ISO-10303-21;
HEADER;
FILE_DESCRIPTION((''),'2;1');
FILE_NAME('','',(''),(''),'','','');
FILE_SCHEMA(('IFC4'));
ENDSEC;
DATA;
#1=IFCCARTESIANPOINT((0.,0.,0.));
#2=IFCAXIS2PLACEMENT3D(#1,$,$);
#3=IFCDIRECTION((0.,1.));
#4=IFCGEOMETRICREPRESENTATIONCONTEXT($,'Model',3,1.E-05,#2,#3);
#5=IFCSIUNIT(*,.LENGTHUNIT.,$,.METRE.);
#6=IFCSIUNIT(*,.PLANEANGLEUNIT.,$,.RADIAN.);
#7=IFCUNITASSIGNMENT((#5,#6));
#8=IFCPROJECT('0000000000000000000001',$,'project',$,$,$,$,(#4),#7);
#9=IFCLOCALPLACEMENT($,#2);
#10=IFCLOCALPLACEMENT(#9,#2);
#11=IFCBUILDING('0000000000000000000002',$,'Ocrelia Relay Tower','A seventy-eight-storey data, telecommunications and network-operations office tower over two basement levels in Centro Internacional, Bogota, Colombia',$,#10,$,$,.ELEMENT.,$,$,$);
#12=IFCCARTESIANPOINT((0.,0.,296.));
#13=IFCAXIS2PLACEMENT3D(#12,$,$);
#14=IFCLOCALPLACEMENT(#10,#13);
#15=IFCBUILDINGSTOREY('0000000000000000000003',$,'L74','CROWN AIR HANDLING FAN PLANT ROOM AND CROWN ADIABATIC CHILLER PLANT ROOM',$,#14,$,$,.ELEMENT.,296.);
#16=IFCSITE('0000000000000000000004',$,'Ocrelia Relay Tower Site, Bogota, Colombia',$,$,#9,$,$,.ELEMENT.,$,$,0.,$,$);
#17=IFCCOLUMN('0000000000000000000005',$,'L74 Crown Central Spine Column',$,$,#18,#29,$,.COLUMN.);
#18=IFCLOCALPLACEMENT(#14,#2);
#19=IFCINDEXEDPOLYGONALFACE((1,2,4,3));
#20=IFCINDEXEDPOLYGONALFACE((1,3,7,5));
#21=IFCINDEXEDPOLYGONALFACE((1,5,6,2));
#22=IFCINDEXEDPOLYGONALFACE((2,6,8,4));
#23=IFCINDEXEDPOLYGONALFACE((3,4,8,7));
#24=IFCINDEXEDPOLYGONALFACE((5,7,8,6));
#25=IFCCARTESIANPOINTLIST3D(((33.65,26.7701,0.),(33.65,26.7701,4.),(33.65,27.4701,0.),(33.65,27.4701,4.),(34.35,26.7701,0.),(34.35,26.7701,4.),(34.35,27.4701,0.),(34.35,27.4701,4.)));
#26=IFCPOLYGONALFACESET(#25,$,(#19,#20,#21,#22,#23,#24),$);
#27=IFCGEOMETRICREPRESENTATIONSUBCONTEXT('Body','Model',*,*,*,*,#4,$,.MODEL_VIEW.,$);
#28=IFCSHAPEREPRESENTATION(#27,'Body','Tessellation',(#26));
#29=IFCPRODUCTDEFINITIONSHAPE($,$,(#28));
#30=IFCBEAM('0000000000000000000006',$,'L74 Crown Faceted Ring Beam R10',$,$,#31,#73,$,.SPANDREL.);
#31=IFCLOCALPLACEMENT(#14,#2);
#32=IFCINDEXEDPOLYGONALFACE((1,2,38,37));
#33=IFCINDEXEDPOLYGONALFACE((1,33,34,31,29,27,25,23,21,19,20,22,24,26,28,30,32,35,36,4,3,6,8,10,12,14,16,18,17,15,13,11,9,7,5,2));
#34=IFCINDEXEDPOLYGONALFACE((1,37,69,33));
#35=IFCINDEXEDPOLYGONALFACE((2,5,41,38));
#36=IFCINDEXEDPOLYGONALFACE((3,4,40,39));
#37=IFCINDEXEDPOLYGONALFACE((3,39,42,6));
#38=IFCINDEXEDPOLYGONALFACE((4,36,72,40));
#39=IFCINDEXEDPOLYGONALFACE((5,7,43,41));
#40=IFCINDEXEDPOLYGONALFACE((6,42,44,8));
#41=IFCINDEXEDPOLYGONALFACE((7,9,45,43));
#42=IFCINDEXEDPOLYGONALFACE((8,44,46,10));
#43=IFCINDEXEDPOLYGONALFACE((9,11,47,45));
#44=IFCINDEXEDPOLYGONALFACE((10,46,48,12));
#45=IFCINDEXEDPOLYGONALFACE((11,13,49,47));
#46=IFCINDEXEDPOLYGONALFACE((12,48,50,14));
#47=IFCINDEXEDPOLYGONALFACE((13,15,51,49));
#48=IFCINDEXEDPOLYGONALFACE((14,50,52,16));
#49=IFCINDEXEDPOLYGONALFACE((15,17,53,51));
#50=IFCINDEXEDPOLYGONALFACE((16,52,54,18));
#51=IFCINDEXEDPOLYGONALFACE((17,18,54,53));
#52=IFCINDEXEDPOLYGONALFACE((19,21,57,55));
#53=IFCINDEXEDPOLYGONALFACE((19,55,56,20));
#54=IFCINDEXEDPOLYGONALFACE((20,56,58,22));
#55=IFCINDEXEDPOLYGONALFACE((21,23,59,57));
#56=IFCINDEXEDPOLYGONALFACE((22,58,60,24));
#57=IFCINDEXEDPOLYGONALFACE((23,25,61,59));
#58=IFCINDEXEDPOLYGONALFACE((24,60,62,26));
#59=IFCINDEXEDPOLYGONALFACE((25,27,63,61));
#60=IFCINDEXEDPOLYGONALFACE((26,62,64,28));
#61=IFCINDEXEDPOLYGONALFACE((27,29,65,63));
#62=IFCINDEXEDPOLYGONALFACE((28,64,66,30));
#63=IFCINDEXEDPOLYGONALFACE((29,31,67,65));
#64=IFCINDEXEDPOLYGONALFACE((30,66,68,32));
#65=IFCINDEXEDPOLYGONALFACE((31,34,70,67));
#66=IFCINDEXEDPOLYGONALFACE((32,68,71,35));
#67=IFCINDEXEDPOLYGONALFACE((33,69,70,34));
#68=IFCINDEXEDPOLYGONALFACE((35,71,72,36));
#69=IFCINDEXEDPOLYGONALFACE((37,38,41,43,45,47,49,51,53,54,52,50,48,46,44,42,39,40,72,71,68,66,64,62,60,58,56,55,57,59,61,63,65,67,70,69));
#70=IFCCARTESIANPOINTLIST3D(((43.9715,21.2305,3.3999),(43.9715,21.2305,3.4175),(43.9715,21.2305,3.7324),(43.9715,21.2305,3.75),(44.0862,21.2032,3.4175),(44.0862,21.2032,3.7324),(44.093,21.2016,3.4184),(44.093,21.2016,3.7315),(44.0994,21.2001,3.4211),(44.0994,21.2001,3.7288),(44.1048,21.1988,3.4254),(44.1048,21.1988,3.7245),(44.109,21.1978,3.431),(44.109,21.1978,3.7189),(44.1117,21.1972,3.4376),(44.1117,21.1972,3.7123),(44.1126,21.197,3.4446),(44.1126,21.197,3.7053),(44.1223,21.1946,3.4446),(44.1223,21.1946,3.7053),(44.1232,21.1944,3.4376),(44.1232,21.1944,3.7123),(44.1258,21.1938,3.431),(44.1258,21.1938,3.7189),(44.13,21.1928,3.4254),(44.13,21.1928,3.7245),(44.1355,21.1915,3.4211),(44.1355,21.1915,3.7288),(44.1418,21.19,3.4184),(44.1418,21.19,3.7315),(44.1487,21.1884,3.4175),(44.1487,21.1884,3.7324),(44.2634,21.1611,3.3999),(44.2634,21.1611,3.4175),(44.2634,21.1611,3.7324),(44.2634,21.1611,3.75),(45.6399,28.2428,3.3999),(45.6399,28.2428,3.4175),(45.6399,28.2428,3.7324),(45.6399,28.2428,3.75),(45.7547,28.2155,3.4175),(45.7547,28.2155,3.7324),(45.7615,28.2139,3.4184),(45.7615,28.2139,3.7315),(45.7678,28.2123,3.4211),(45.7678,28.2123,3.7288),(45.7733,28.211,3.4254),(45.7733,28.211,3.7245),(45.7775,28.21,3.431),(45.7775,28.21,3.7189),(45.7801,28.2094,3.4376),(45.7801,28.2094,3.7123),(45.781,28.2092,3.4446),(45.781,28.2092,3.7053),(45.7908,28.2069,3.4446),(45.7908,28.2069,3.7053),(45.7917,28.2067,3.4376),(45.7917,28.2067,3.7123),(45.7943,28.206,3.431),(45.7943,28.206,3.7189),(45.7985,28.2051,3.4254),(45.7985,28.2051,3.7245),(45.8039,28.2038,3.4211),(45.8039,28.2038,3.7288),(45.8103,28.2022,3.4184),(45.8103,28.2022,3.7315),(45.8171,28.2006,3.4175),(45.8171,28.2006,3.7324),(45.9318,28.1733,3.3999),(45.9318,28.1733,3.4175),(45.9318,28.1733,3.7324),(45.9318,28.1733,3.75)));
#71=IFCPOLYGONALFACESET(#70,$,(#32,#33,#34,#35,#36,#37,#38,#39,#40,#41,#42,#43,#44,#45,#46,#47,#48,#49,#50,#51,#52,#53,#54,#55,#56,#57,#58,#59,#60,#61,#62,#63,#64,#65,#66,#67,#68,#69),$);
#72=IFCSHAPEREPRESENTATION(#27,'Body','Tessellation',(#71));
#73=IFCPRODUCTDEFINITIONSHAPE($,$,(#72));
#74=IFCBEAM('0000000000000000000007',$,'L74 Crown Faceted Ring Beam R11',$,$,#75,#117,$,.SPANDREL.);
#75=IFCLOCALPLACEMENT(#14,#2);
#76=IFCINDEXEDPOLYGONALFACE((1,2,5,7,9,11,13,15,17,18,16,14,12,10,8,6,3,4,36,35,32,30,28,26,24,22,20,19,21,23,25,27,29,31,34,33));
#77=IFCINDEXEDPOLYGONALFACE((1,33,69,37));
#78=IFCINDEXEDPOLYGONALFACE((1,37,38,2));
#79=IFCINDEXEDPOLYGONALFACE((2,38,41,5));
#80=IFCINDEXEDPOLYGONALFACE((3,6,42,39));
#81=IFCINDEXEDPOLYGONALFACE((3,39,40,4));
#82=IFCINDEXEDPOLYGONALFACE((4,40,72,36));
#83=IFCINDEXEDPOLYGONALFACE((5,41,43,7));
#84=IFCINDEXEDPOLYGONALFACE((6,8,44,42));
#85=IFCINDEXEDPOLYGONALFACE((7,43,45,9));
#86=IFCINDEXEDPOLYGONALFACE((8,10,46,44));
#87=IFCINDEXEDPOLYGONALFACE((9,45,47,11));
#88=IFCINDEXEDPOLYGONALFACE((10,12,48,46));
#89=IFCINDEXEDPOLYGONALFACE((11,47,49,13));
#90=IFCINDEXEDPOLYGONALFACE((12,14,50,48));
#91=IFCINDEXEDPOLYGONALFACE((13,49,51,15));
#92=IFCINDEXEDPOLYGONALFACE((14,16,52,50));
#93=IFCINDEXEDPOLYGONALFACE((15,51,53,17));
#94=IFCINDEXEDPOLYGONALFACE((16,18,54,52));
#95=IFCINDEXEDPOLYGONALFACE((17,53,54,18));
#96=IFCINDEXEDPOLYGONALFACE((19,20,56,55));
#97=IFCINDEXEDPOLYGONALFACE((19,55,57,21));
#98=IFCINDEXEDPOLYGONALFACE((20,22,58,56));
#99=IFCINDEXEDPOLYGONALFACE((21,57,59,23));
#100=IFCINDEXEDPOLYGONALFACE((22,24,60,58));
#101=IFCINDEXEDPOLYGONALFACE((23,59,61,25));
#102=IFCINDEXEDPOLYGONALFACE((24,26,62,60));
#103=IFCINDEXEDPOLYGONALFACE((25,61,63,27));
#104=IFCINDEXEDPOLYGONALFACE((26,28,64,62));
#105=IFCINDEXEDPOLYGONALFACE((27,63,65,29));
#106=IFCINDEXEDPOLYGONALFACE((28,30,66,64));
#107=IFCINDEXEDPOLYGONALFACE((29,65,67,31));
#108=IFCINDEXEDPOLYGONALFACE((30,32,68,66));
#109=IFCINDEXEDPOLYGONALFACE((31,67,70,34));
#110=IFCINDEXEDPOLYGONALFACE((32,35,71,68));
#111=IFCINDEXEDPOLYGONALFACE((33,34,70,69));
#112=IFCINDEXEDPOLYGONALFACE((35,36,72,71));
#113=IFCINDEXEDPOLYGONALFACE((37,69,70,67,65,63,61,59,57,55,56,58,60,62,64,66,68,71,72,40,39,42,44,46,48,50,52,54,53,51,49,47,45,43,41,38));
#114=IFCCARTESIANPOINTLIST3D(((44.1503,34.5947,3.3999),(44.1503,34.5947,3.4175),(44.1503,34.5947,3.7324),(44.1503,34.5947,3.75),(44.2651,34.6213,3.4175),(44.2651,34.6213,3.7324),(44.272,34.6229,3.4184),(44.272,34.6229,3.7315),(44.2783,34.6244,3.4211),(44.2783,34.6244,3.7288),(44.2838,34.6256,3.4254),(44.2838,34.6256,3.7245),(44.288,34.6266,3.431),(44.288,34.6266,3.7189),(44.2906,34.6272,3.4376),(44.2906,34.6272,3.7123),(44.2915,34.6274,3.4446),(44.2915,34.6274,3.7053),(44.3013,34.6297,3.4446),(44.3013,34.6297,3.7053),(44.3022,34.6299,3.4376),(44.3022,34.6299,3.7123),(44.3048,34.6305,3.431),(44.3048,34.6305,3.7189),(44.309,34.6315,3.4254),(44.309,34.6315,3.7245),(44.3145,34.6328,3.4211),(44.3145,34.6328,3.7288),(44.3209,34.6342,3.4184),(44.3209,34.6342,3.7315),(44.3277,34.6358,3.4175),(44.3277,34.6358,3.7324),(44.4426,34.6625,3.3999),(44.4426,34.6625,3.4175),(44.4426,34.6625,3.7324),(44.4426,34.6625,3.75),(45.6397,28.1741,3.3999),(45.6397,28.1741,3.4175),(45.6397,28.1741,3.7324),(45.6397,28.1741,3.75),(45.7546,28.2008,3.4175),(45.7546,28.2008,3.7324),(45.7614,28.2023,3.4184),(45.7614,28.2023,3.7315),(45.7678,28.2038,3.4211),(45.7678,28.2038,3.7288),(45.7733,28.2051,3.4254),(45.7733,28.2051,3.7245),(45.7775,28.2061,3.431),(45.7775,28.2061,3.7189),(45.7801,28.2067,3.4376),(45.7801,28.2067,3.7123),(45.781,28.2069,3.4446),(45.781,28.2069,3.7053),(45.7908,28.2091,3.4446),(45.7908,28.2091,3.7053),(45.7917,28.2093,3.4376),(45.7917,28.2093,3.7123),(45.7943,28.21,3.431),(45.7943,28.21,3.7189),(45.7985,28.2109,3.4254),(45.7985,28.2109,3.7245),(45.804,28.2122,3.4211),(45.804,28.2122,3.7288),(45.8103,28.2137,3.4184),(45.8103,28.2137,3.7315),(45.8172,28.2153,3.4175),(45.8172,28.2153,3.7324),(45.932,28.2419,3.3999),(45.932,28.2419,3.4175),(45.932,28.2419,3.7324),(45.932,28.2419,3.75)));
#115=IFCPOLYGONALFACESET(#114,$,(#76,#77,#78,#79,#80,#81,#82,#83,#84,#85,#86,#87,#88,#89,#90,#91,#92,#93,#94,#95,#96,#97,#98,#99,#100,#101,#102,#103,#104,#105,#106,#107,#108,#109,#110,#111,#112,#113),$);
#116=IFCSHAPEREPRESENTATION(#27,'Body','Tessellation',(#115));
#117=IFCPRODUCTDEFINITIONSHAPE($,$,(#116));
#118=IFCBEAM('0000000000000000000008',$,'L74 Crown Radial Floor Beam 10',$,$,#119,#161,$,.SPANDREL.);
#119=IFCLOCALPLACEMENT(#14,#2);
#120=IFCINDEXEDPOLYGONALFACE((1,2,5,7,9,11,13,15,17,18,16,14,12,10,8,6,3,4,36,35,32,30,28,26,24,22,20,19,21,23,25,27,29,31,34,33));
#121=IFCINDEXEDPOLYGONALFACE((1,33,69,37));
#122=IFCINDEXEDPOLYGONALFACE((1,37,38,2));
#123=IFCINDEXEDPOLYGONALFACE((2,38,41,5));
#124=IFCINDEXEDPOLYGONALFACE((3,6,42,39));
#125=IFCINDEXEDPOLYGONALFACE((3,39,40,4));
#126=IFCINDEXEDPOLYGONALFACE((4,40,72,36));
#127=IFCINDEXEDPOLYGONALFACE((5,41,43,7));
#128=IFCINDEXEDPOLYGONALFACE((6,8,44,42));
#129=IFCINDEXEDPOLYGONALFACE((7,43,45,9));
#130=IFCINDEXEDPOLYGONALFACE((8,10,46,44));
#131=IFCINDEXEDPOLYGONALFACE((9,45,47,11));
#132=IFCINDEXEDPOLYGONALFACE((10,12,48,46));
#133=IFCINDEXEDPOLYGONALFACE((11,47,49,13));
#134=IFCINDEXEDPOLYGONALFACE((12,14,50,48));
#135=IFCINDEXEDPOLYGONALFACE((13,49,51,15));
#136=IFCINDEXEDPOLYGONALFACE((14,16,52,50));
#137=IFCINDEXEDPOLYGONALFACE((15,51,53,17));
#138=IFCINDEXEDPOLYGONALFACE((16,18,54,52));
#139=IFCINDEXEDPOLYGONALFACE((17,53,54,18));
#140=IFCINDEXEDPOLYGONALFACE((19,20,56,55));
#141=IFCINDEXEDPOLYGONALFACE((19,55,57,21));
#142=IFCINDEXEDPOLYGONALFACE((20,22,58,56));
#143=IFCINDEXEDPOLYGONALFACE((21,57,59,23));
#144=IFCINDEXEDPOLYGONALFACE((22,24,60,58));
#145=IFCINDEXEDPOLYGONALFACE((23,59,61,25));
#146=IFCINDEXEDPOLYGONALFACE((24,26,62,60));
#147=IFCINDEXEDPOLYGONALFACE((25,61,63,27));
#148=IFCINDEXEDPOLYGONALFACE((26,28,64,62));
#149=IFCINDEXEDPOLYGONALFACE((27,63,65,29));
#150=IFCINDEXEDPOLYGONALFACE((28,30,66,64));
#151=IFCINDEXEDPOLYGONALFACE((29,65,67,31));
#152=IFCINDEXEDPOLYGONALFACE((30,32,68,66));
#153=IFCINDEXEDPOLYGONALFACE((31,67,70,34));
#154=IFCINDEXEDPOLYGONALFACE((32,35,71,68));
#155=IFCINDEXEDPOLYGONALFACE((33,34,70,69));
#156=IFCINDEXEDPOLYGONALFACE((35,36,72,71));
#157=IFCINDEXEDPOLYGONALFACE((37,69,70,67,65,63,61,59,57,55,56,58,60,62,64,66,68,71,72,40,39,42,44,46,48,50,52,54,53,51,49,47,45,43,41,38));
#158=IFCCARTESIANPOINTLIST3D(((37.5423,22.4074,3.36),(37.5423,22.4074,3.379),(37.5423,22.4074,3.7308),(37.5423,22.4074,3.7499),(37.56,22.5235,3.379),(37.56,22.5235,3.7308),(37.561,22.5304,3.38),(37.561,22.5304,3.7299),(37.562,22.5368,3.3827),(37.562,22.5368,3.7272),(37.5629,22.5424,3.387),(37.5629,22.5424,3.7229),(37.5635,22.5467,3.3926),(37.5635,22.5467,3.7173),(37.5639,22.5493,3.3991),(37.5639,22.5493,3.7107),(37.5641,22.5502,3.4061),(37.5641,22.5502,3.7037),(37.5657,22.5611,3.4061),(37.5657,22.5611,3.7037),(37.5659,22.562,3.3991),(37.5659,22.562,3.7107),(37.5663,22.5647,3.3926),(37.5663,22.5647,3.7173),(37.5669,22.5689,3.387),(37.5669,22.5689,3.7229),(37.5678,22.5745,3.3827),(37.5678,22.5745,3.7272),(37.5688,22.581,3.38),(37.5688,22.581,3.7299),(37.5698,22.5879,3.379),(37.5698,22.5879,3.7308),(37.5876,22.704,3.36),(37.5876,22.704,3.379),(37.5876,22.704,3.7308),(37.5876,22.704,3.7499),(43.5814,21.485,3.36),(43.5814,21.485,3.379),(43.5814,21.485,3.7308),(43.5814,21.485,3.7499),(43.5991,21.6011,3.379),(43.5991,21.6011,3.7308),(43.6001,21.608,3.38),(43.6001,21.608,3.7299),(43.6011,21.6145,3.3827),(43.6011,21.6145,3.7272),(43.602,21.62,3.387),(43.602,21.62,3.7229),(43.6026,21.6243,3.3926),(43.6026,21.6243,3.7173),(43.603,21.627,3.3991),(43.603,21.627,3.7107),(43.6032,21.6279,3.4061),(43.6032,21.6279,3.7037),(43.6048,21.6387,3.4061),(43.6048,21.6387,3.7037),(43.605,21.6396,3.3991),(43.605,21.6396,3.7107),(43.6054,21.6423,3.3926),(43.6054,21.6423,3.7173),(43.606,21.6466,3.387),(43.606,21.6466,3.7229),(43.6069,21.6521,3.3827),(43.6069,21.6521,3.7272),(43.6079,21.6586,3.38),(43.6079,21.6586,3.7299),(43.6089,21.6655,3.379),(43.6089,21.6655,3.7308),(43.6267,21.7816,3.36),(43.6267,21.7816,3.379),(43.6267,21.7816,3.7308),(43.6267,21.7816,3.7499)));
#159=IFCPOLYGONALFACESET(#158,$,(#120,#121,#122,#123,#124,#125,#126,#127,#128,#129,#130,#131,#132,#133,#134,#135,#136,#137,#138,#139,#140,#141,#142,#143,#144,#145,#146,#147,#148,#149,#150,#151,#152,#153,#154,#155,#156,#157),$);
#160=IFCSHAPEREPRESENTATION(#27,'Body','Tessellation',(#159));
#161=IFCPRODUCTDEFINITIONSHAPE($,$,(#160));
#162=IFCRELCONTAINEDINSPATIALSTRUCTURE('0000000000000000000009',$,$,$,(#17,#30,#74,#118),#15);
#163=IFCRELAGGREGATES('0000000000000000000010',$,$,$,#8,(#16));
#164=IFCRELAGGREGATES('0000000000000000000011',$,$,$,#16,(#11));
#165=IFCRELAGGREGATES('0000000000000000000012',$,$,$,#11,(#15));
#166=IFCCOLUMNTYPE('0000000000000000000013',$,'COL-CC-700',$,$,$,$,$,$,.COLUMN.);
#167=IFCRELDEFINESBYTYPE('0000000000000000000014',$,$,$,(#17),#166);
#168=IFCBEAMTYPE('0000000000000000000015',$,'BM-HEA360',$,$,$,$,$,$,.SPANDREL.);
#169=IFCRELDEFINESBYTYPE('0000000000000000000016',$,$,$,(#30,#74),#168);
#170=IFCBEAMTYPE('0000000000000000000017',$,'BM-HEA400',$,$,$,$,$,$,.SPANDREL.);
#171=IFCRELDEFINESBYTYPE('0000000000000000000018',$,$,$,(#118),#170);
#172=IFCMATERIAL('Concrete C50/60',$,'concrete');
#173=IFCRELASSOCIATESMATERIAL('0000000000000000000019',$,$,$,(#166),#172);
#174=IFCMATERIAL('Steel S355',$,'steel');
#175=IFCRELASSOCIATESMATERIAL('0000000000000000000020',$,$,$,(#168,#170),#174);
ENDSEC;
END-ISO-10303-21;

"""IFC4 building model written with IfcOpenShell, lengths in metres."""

from ifc_helpers import new_model, si_unit, direction, frame, origin, origin_2d, place, context, subcontext, project, spatial, rectangle, i_section, extrude, material, material_profile, profile_set, type_object, element, save


model = new_model("IFC4")

# Units and contexts
model_context = context("Model", 3, precision=1e-05, world=origin(), true_north=direction((0.0, 1.0)))
body_context = subcontext(model_context, "Body", "Model", "MODEL_VIEW")
ifc_project = project(units=[si_unit("LENGTHUNIT", "METRE"), si_unit("PLANEANGLEUNIT", "RADIAN")], contexts=[model_context])

# Site, building, storey
site_placement = place(None, origin())
site = spatial("IfcSite", under=ifc_project, at=site_placement, Name="Ocrelia Relay Tower Site, Bogota, Colombia", CompositionType="ELEMENT", RefElevation=0.0)
building_placement = place(site_placement, origin())
building = spatial("IfcBuilding", under=site, at=building_placement, Name="Ocrelia Relay Tower", Description="A seventy-eight-storey data, telecommunications and network-operations office tower over two basement levels in Centro Internacional, Bogota, Colombia", CompositionType="ELEMENT")
storey_placement = place(building_placement, frame((0.0, 0.0, 296.0)))
storey = spatial("IfcBuildingStorey", under=building, at=storey_placement, Name="L74", Description="CROWN AIR HANDLING FAN PLANT ROOM AND CROWN ADIABATIC CHILLER PLANT ROOM", CompositionType="ELEMENT", Elevation=296.0)

# Column
ifc_material_1 = material(Name="Concrete C50/60", Category="concrete")
ifc_material_profile_1 = material_profile(ifc_material_1, rectangle(XDim=0.7, YDim=0.7, at=origin_2d()), Name="RC-COL-700x700")
ifc_profile_set_1 = profile_set([ifc_material_profile_1], Name="Concrete C50/60")
column_type = type_object("IfcColumnType", Name="COL-CC-700", PredefinedType="COLUMN", material=ifc_profile_set_1)
column_placement = place(storey_placement, frame((34.0, 27.1201, 0.0), z_axis=(0.0, 0.0, 1.0), x_axis=(1.0, 0.0, 0.0)))
element("IfcColumn", 1, at=column_placement, inside=storey, type_object=column_type, Name="L74 Crown Central Spine Column", PredefinedType="COLUMN", context=body_context, shape_type="SweptSolid", body=[
    extrude(rectangle(XDim=0.7, YDim=0.7, at=origin_2d()), origin(), (0.0, 0.0, 1.0), 4.0),
])

# Beams
ifc_material_2 = material(Name="Steel S355", Category="steel")
ifc_material_profile_2 = material_profile(ifc_material_2, i_section(OverallWidth=0.3, OverallDepth=0.3501, WebThickness=0.01, FlangeThickness=0.0176, FilletRadius=0.0271, at=origin_2d()), Name="HEA 360")
ifc_profile_set_2 = profile_set([ifc_material_profile_2], Name="Steel S355")
beam_type_1 = type_object("IfcBeamType", Name="BM-HEA360", PredefinedType="SPANDREL", material=ifc_profile_set_2)
beam_1_placement = place(storey_placement, frame((44.1174, 21.1958, 3.575), z_axis=(0.231474, 0.972841, 0.0), x_axis=(-0.972841, 0.231474, 0.0)))
element("IfcBeam", 2, at=beam_1_placement, inside=storey, type_object=beam_type_1, Name="L74 Crown Faceted Ring Beam R10", PredefinedType="SPANDREL", context=body_context, shape_type="SweptSolid", body=[
    extrude(i_section(OverallWidth=0.3, OverallDepth=0.3501, WebThickness=0.01, FlangeThickness=0.0176, FilletRadius=0.0271, at=origin_2d()), origin(), (0.0, 0.0, 1.0), 7.208),
])
beam_2_placement = place(storey_placement, frame((45.7859, 28.208, 3.575), z_axis=(-0.225985, 0.974131, 0.0), x_axis=(-0.974131, -0.225985, 0.0)))
element("IfcBeam", 3, at=beam_2_placement, inside=storey, type_object=beam_type_1, Name="L74 Crown Faceted Ring Beam R11", PredefinedType="SPANDREL", context=body_context, shape_type="SweptSolid", body=[
    extrude(i_section(OverallWidth=0.3, OverallDepth=0.3501, WebThickness=0.01, FlangeThickness=0.0176, FilletRadius=0.0271, at=origin_2d()), origin(), (0.0, 0.0, 1.0), 6.5911),
])
ifc_material_profile_3 = material_profile(ifc_material_2, i_section(OverallWidth=0.3, OverallDepth=0.3899, WebThickness=0.011, FlangeThickness=0.019, FilletRadius=0.0271, at=origin_2d()), Name="HEA 400")
ifc_profile_set_3 = profile_set([ifc_material_profile_3], Name="Steel S355")
beam_type_2 = type_object("IfcBeamType", Name="BM-HEA400", PredefinedType="SPANDREL", material=ifc_profile_set_3)
beam_3_placement = place(storey_placement, frame((43.604, 21.6333, 3.5549), z_axis=(-0.988537, 0.150982, 0.0), x_axis=(-0.150982, -0.988537, 0.0)))
element("IfcBeam", 4, at=beam_3_placement, inside=storey, type_object=beam_type_2, Name="L74 Crown Radial Floor Beam 10", PredefinedType="SPANDREL", context=body_context, shape_type="SweptSolid", body=[
    extrude(i_section(OverallWidth=0.3, OverallDepth=0.3899, WebThickness=0.011, FlangeThickness=0.019, FilletRadius=0.0271, at=origin_2d()), origin(), (0.0, 0.0, 1.0), 6.1091),
])

save(model, "model.ifc")
